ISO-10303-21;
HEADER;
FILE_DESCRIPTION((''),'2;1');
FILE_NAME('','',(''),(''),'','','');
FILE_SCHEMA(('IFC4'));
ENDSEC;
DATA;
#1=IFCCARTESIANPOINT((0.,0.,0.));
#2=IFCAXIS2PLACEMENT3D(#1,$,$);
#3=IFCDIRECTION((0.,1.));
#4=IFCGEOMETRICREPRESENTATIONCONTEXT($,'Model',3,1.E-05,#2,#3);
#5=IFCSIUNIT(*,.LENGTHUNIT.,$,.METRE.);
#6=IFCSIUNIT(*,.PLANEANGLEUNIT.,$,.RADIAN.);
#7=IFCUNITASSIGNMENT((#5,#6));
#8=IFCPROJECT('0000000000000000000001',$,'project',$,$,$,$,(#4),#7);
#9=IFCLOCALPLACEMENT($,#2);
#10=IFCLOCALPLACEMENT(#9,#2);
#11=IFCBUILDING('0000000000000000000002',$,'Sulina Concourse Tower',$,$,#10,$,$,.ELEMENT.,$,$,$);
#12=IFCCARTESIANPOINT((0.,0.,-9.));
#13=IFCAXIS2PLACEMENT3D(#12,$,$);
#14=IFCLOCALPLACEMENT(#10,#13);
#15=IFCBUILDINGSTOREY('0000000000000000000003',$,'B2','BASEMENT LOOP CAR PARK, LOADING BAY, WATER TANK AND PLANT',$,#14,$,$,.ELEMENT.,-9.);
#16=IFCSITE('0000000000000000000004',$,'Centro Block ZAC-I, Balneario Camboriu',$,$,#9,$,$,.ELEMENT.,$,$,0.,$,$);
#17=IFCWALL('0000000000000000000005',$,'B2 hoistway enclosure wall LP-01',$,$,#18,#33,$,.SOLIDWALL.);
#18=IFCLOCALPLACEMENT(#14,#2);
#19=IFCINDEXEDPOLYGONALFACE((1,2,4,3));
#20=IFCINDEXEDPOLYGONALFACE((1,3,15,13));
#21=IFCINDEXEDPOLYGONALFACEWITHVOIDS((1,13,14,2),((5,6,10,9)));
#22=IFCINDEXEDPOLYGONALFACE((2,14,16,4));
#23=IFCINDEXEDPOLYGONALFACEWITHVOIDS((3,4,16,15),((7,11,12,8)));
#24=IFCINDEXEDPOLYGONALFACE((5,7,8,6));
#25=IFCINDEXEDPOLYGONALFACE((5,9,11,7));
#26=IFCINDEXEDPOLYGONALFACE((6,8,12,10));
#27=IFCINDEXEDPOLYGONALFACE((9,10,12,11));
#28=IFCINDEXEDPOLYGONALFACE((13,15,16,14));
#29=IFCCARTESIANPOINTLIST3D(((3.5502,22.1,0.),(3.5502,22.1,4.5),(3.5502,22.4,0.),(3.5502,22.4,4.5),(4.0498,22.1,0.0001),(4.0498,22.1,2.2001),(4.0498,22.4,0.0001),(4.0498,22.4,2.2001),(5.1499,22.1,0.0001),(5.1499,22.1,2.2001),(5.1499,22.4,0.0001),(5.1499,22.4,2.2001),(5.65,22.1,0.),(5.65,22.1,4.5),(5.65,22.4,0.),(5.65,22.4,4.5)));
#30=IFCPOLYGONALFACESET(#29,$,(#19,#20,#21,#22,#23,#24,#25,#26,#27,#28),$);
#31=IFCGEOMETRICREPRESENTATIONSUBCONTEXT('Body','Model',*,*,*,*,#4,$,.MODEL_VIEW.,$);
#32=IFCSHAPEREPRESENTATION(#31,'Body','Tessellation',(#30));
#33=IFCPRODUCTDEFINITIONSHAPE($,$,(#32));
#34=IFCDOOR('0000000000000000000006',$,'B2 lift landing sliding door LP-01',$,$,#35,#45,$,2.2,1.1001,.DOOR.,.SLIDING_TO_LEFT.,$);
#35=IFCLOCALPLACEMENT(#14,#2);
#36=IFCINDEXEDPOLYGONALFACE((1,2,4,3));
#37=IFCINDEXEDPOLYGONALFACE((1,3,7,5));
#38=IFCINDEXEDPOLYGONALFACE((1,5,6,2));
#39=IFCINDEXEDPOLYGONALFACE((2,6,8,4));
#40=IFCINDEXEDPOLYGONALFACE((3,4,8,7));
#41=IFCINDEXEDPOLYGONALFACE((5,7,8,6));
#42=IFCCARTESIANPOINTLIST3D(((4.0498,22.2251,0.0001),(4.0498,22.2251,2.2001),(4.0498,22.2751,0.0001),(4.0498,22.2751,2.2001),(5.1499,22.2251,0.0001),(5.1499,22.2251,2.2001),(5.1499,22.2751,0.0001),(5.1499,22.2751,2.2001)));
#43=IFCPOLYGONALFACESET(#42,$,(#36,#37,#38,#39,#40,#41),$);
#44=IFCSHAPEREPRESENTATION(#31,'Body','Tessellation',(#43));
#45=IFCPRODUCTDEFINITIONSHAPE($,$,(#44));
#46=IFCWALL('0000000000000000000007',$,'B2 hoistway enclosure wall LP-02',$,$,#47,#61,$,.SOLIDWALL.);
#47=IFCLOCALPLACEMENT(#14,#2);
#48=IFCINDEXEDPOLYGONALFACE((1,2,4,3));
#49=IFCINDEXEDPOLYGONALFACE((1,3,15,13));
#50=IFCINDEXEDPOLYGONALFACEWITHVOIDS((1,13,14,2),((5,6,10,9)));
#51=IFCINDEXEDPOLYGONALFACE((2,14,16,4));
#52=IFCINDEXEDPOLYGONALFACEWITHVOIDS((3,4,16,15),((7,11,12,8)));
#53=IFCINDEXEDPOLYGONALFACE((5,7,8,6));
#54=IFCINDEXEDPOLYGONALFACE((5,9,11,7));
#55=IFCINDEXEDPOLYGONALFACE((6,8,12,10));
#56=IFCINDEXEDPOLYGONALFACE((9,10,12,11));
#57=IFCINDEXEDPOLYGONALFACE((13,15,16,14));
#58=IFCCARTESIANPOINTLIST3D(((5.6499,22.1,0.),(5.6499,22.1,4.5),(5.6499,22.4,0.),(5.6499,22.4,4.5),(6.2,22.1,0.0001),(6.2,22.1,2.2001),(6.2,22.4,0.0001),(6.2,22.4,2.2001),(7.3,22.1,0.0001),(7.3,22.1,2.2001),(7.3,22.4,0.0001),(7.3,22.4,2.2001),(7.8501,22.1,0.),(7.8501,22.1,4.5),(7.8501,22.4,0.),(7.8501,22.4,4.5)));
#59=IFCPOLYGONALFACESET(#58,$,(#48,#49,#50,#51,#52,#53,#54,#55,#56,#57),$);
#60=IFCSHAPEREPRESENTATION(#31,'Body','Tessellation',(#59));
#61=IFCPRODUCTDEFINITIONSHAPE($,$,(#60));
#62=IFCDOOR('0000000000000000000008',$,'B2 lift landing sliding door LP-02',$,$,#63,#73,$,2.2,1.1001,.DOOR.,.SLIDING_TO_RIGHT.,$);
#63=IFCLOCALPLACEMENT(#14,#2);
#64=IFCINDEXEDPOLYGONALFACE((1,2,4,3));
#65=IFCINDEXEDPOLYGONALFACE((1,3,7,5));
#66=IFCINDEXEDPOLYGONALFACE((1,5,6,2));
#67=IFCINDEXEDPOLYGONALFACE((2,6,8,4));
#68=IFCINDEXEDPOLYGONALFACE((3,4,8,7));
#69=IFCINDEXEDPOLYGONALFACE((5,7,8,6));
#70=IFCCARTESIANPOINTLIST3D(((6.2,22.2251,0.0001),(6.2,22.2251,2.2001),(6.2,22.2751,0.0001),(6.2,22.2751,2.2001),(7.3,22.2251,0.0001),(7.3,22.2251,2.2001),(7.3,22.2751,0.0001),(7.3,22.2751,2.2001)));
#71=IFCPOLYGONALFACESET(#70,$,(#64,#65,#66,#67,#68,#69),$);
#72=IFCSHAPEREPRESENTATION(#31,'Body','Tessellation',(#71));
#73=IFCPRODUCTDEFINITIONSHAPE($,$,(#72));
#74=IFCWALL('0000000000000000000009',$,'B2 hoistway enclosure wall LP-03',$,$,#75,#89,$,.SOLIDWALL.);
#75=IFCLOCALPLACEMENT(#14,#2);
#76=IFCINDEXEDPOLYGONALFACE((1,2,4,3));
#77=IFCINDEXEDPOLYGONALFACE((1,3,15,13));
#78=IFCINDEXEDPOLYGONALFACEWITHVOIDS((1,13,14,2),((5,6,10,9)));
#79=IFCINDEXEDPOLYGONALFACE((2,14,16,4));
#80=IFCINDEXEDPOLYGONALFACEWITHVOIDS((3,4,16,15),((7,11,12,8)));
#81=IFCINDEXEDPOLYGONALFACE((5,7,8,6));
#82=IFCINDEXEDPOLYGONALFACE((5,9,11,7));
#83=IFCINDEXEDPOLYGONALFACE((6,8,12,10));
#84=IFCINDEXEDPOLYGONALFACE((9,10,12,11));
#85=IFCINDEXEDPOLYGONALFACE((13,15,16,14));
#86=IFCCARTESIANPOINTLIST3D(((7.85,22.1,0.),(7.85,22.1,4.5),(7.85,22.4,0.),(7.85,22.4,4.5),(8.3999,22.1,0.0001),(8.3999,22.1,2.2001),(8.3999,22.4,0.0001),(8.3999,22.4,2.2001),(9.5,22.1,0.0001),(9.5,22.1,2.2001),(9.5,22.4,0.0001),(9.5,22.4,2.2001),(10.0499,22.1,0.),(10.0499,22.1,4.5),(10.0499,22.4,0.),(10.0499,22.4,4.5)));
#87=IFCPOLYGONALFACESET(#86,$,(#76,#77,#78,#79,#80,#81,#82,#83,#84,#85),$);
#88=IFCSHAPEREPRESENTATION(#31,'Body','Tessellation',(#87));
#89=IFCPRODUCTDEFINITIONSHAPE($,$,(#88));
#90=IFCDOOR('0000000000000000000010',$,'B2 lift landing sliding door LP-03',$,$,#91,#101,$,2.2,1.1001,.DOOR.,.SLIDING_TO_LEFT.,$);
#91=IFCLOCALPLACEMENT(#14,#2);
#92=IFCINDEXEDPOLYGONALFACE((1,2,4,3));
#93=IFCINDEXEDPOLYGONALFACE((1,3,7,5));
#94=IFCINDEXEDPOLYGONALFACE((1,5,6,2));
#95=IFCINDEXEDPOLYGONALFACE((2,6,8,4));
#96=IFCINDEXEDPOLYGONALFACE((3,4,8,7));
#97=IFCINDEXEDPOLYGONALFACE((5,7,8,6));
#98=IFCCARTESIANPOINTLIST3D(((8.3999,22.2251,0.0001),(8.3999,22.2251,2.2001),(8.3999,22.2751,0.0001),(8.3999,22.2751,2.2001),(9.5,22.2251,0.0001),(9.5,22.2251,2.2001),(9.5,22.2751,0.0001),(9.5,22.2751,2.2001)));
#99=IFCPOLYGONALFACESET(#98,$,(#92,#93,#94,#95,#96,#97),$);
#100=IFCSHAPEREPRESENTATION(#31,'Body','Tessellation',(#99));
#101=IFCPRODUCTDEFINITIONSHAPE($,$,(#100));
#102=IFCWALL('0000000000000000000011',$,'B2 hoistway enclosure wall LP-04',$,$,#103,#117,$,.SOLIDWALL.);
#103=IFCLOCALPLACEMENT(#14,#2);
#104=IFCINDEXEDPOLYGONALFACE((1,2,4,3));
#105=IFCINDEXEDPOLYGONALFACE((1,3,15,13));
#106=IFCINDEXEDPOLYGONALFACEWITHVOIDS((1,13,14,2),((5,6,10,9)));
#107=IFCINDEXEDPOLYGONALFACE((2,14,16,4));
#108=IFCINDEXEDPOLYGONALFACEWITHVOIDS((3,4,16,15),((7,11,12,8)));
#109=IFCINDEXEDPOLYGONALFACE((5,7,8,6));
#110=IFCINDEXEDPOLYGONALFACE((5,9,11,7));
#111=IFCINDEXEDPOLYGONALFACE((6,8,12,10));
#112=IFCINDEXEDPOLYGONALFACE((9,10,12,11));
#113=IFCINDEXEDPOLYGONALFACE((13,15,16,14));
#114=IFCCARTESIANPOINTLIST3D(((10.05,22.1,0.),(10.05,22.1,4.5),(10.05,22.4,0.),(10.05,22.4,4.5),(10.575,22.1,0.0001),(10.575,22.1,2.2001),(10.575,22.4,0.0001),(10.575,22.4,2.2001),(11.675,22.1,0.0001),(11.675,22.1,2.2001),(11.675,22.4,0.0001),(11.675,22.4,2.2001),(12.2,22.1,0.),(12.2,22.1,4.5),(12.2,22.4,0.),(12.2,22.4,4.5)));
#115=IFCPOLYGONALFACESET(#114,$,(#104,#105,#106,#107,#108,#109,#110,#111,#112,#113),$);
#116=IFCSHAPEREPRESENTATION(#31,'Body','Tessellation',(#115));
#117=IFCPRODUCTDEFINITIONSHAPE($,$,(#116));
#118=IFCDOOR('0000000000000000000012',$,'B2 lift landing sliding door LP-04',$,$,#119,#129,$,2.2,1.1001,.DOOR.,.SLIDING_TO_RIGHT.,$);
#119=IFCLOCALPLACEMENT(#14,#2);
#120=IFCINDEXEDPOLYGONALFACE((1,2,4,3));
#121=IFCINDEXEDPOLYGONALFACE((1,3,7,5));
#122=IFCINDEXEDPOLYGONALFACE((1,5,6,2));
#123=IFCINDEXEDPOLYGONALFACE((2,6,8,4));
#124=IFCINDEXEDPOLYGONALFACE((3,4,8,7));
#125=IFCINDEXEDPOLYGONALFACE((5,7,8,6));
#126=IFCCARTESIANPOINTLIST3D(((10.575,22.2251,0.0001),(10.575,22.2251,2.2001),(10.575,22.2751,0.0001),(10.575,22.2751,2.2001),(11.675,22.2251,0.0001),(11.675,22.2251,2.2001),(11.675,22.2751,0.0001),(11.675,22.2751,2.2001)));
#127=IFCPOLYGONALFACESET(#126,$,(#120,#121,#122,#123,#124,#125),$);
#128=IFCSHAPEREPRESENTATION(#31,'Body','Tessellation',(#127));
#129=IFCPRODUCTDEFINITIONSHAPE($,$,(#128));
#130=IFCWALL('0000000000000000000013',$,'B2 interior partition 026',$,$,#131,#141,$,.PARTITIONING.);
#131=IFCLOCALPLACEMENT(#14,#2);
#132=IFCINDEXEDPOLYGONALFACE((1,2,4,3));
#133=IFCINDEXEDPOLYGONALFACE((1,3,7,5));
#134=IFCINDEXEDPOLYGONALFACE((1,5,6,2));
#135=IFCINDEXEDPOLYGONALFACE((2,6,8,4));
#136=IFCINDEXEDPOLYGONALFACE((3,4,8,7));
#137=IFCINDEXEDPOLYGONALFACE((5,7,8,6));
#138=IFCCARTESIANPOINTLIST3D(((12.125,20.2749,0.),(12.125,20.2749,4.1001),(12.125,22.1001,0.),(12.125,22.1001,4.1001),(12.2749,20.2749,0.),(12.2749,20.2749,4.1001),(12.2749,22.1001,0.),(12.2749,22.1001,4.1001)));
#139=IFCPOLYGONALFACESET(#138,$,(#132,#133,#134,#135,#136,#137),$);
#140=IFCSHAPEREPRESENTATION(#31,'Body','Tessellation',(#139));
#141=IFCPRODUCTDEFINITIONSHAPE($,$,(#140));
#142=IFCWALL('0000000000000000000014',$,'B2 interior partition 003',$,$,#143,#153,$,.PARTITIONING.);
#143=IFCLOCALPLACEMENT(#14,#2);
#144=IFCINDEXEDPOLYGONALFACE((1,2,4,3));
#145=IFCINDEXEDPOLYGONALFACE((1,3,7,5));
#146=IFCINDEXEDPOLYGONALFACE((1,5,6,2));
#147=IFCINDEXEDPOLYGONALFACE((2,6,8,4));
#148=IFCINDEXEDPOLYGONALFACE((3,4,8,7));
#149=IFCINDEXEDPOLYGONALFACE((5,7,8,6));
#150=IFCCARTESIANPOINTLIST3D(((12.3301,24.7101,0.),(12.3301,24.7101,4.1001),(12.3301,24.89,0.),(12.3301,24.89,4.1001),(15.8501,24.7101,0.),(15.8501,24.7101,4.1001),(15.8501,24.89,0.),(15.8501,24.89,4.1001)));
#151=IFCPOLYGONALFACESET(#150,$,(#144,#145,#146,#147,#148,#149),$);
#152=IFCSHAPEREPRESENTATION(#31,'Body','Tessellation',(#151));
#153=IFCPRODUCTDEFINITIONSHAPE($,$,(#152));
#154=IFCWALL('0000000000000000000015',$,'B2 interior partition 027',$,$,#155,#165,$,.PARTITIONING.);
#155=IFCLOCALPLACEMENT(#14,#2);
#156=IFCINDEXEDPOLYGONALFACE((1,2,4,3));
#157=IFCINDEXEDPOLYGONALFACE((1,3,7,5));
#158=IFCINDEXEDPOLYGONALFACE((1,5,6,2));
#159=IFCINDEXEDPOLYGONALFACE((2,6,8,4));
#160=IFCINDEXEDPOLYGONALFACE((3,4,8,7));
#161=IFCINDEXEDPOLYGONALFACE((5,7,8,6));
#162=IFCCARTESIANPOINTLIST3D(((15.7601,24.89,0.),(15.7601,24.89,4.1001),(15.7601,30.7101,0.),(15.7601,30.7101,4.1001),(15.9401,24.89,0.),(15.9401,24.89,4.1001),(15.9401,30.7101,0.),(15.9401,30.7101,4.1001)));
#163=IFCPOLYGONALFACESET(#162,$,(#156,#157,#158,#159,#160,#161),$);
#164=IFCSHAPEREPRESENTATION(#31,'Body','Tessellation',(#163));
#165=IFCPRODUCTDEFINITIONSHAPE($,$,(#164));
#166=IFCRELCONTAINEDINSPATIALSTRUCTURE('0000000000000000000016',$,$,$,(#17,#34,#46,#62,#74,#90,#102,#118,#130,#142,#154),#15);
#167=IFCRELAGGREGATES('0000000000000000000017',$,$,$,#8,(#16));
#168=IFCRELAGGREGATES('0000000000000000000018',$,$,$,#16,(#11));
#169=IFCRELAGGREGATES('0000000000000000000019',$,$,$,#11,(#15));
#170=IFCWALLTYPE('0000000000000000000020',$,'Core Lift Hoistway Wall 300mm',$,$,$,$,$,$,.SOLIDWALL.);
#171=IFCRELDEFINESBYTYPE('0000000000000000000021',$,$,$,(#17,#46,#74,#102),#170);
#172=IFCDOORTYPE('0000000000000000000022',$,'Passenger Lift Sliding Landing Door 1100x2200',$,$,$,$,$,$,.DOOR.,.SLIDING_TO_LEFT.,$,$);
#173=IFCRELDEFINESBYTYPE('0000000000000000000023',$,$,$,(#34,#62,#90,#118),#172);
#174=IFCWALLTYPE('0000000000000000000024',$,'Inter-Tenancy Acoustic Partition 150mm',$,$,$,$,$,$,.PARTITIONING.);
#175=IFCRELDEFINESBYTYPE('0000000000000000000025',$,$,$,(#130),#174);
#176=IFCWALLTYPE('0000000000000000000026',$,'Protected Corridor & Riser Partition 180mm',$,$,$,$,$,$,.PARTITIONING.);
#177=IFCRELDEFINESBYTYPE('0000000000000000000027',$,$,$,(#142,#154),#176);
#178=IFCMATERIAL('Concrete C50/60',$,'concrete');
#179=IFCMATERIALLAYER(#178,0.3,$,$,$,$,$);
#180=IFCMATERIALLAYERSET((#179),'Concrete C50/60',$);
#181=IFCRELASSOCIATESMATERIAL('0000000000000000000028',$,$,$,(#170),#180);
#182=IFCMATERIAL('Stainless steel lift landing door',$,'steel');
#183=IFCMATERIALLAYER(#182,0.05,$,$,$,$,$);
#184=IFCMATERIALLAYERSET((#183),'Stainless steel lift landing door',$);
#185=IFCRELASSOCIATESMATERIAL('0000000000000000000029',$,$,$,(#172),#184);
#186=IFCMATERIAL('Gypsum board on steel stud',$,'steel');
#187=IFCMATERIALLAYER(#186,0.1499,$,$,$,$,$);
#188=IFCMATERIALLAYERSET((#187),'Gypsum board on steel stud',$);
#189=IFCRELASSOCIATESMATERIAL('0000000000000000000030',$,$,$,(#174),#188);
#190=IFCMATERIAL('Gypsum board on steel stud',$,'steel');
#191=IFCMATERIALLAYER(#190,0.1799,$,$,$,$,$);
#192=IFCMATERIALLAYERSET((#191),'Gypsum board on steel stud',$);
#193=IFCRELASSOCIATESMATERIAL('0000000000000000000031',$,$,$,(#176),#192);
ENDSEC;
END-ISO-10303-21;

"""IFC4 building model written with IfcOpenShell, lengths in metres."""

from ifc_helpers import new_model, si_unit, direction, frame, frame_2d, origin, place, context, subcontext, project, spatial, rectangle, extrude, material, layer, layer_set, type_object, element, fill, save


model = new_model("IFC4")

# Units and contexts
model_context = context("Model", 3, precision=1e-05, world=origin(), true_north=direction((0.0, 1.0)))
body_context = subcontext(model_context, "Body", "Model", "MODEL_VIEW")
ifc_project = project(units=[si_unit("LENGTHUNIT", "METRE"), si_unit("PLANEANGLEUNIT", "RADIAN")], contexts=[model_context])

# Site, building, storey
site_placement = place(None, origin())
site = spatial("IfcSite", under=ifc_project, at=site_placement, Name="Centro Block ZAC-I, Balneario Camboriu", CompositionType="ELEMENT", RefElevation=0.0)
building_placement = place(site_placement, origin())
building = spatial("IfcBuilding", under=site, at=building_placement, Name="Sulina Concourse Tower", CompositionType="ELEMENT")
storey_placement = place(building_placement, frame((0.0, 0.0, -9.0)))
storey = spatial("IfcBuildingStorey", under=building, at=storey_placement, Name="B2", Description="BASEMENT LOOP CAR PARK, LOADING BAY, WATER TANK AND PLANT", CompositionType="ELEMENT", Elevation=-9.0)

# Walls, openings, doors
ifc_material_1 = material(Name="Concrete C50/60", Category="concrete")
ifc_layer_1 = layer(ifc_material_1, 0.3)
ifc_layer_set_1 = layer_set([ifc_layer_1], Name="Concrete C50/60")
wall_type_1 = type_object("IfcWallType", Name="Core Lift Hoistway Wall 300mm", PredefinedType="SOLIDWALL", material=ifc_layer_set_1)
wall_1_placement = place(storey_placement, frame((5.6499, 22.25, 0.0), z_axis=(0.0, 0.0, 1.0), x_axis=(-1.0, 0.0, 0.0)))
wall_1 = element("IfcWall", 1, at=wall_1_placement, inside=storey, type_object=wall_type_1, Name="B2 hoistway enclosure wall LP-01", PredefinedType="SOLIDWALL", context=body_context, shape_type="SweptSolid", body=[
    extrude(rectangle(XDim=2.0999, YDim=0.3, at=frame_2d((1.0498, 0.0))), origin(), (0.0, 0.0, 1.0), 4.5),
])
opening_1_placement = place(wall_1_placement, frame((0.5, 0.0, 0.0)))
opening_1 = element("IfcOpeningElement", 2, at=opening_1_placement, cuts=wall_1, PredefinedType="OPENING", context=body_context, shape_type="SweptSolid", body=[
    extrude(rectangle(XDim=1.1001, YDim=2.2, at=frame_2d((0.55, 1.1001))), frame((0.0, 0.1599, 0.0), z_axis=(0.0, -1.0, 0.0), x_axis=(1.0, 0.0, 0.0)), (0.0, 0.0, 1.0), 0.3201),
])
ifc_material_2 = material(Name="Stainless steel lift landing door", Category="steel")
ifc_layer_2 = layer(ifc_material_2, 0.05)
ifc_layer_set_2 = layer_set([ifc_layer_2], Name="Stainless steel lift landing door")
door_type = type_object("IfcDoorType", Name="Passenger Lift Sliding Landing Door 1100x2200", OperationType="SLIDING_TO_LEFT", PredefinedType="DOOR", material=ifc_layer_set_2)
door_1_placement = place(opening_1_placement, origin())
door_1 = element("IfcDoor", 3, at=door_1_placement, inside=storey, type_object=door_type, Name="B2 lift landing sliding door LP-01", OperationType="SLIDING_TO_LEFT", OverallHeight=2.2, OverallWidth=1.1001, PredefinedType="DOOR", context=body_context, shape_type="SweptSolid", body=[
    extrude(rectangle(XDim=1.1001, YDim=2.2, at=frame_2d((0.55, 1.1001))), frame((0.0, 0.0249, 0.0), z_axis=(0.0, -1.0, 0.0), x_axis=(1.0, 0.0, 0.0)), (0.0, 0.0, 1.0), 0.05),
])
fill(opening_1, door_1)
wall_2_placement = place(storey_placement, frame((7.8501, 22.25, 0.0), z_axis=(0.0, 0.0, 1.0), x_axis=(-1.0, 0.0, 0.0)))
wall_2 = element("IfcWall", 4, at=wall_2_placement, inside=storey, type_object=wall_type_1, Name="B2 hoistway enclosure wall LP-02", PredefinedType="SOLIDWALL", context=body_context, shape_type="SweptSolid", body=[
    extrude(rectangle(XDim=2.2002, YDim=0.3, at=frame_2d((1.1001, 0.0))), origin(), (0.0, 0.0, 1.0), 4.5),
])
opening_2_placement = place(wall_2_placement, frame((0.55, 0.0, 0.0)))
opening_2 = element("IfcOpeningElement", 5, at=opening_2_placement, cuts=wall_2, PredefinedType="OPENING", context=body_context, shape_type="SweptSolid", body=[
    extrude(rectangle(XDim=1.1001, YDim=2.2, at=frame_2d((0.55, 1.1001))), frame((0.0, 0.1599, 0.0), z_axis=(0.0, -1.0, 0.0), x_axis=(1.0, 0.0, 0.0)), (0.0, 0.0, 1.0), 0.3201),
])
door_2_placement = place(opening_2_placement, origin())
door_2 = element("IfcDoor", 6, at=door_2_placement, inside=storey, type_object=door_type, Name="B2 lift landing sliding door LP-02", OperationType="SLIDING_TO_RIGHT", OverallHeight=2.2, OverallWidth=1.1001, PredefinedType="DOOR", context=body_context, shape_type="SweptSolid", body=[
    extrude(rectangle(XDim=1.1001, YDim=2.2, at=frame_2d((0.55, 1.1001))), frame((0.0, 0.0249, 0.0), z_axis=(0.0, -1.0, 0.0), x_axis=(1.0, 0.0, 0.0)), (0.0, 0.0, 1.0), 0.05),
])
fill(opening_2, door_2)
wall_3_placement = place(storey_placement, frame((10.05, 22.25, 0.0), z_axis=(0.0, 0.0, 1.0), x_axis=(-1.0, 0.0, 0.0)))
wall_3 = element("IfcWall", 7, at=wall_3_placement, inside=storey, type_object=wall_type_1, Name="B2 hoistway enclosure wall LP-03", PredefinedType="SOLIDWALL", context=body_context, shape_type="SweptSolid", body=[
    extrude(rectangle(XDim=2.2, YDim=0.3, at=frame_2d((1.1001, 0.0))), origin(), (0.0, 0.0, 1.0), 4.5),
])
opening_3_placement = place(wall_3_placement, frame((0.55, 0.0, 0.0)))
opening_3 = element("IfcOpeningElement", 8, at=opening_3_placement, cuts=wall_3, PredefinedType="OPENING", context=body_context, shape_type="SweptSolid", body=[
    extrude(rectangle(XDim=1.1001, YDim=2.2, at=frame_2d((0.55, 1.1001))), frame((0.0, 0.1599, 0.0), z_axis=(0.0, -1.0, 0.0), x_axis=(1.0, 0.0, 0.0)), (0.0, 0.0, 1.0), 0.3201),
])
door_3_placement = place(opening_3_placement, origin())
door_3 = element("IfcDoor", 9, at=door_3_placement, inside=storey, type_object=door_type, Name="B2 lift landing sliding door LP-03", OperationType="SLIDING_TO_LEFT", OverallHeight=2.2, OverallWidth=1.1001, PredefinedType="DOOR", context=body_context, shape_type="SweptSolid", body=[
    extrude(rectangle(XDim=1.1001, YDim=2.2, at=frame_2d((0.55, 1.1001))), frame((0.0, 0.0249, 0.0), z_axis=(0.0, -1.0, 0.0), x_axis=(1.0, 0.0, 0.0)), (0.0, 0.0, 1.0), 0.05),
])
fill(opening_3, door_3)
wall_4_placement = place(storey_placement, frame((12.2, 22.25, 0.0), z_axis=(0.0, 0.0, 1.0), x_axis=(-1.0, 0.0, 0.0)))
wall_4 = element("IfcWall", 10, at=wall_4_placement, inside=storey, type_object=wall_type_1, Name="B2 hoistway enclosure wall LP-04", PredefinedType="SOLIDWALL", context=body_context, shape_type="SweptSolid", body=[
    extrude(rectangle(XDim=2.1499, YDim=0.3, at=frame_2d((1.075, 0.0))), origin(), (0.0, 0.0, 1.0), 4.5),
])
opening_4_placement = place(wall_4_placement, frame((0.5249, 0.0, 0.0)))
opening_4 = element("IfcOpeningElement", 11, at=opening_4_placement, cuts=wall_4, PredefinedType="OPENING", context=body_context, shape_type="SweptSolid", body=[
    extrude(rectangle(XDim=1.1001, YDim=2.2, at=frame_2d((0.55, 1.1001))), frame((0.0, 0.1599, 0.0), z_axis=(0.0, -1.0, 0.0), x_axis=(1.0, 0.0, 0.0)), (0.0, 0.0, 1.0), 0.3201),
])
door_4_placement = place(opening_4_placement, origin())
door_4 = element("IfcDoor", 12, at=door_4_placement, inside=storey, type_object=door_type, Name="B2 lift landing sliding door LP-04", OperationType="SLIDING_TO_RIGHT", OverallHeight=2.2, OverallWidth=1.1001, PredefinedType="DOOR", context=body_context, shape_type="SweptSolid", body=[
    extrude(rectangle(XDim=1.1001, YDim=2.2, at=frame_2d((0.55, 1.1001))), frame((0.0, 0.0249, 0.0), z_axis=(0.0, -1.0, 0.0), x_axis=(1.0, 0.0, 0.0)), (0.0, 0.0, 1.0), 0.05),
])
fill(opening_4, door_4)

# Walls
ifc_material_3 = material(Name="Gypsum board on steel stud", Category="steel")
ifc_layer_3 = layer(ifc_material_3, 0.1499)
ifc_layer_set_3 = layer_set([ifc_layer_3], Name="Gypsum board on steel stud")
wall_type_2 = type_object("IfcWallType", Name="Inter-Tenancy Acoustic Partition 150mm", PredefinedType="PARTITIONING", material=ifc_layer_set_3)
wall_5_placement = place(storey_placement, frame((12.2, 20.2749, 0.0), z_axis=(0.0, 0.0, 1.0), x_axis=(0.0, 1.0, 0.0)))
element("IfcWall", 13, at=wall_5_placement, inside=storey, type_object=wall_type_2, Name="B2 interior partition 026", PredefinedType="PARTITIONING", context=body_context, shape_type="SweptSolid", body=[
    extrude(rectangle(XDim=1.8252, YDim=0.1499, at=frame_2d((0.9126, 0.0))), origin(), (0.0, 0.0, 1.0), 4.1001),
])
ifc_material_4 = material(Name="Gypsum board on steel stud", Category="steel")
ifc_layer_4 = layer(ifc_material_4, 0.1799)
ifc_layer_set_4 = layer_set([ifc_layer_4], Name="Gypsum board on steel stud")
wall_type_3 = type_object("IfcWallType", Name="Protected Corridor & Riser Partition 180mm", PredefinedType="PARTITIONING", material=ifc_layer_set_4)
wall_6_placement = place(storey_placement, frame((12.3301, 24.8, 0.0), z_axis=(0.0, 0.0, 1.0), x_axis=(1.0, 0.0, 0.0)))
element("IfcWall", 14, at=wall_6_placement, inside=storey, type_object=wall_type_3, Name="B2 interior partition 003", PredefinedType="PARTITIONING", context=body_context, shape_type="SweptSolid", body=[
    extrude(rectangle(XDim=3.52, YDim=0.1799, at=frame_2d((1.76, 0.0))), origin(), (0.0, 0.0, 1.0), 4.1001),
])
wall_7_placement = place(storey_placement, frame((15.8501, 24.8899, 0.0), z_axis=(0.0, 0.0, 1.0), x_axis=(0.0, 1.0, 0.0)))
element("IfcWall", 15, at=wall_7_placement, inside=storey, type_object=wall_type_3, Name="B2 interior partition 027", PredefinedType="PARTITIONING", context=body_context, shape_type="SweptSolid", body=[
    extrude(rectangle(XDim=5.8201, YDim=0.1799, at=frame_2d((2.9102, 0.0))), origin(), (0.0, 0.0, 1.0), 4.1001),
])

save(model, "model.ifc")
